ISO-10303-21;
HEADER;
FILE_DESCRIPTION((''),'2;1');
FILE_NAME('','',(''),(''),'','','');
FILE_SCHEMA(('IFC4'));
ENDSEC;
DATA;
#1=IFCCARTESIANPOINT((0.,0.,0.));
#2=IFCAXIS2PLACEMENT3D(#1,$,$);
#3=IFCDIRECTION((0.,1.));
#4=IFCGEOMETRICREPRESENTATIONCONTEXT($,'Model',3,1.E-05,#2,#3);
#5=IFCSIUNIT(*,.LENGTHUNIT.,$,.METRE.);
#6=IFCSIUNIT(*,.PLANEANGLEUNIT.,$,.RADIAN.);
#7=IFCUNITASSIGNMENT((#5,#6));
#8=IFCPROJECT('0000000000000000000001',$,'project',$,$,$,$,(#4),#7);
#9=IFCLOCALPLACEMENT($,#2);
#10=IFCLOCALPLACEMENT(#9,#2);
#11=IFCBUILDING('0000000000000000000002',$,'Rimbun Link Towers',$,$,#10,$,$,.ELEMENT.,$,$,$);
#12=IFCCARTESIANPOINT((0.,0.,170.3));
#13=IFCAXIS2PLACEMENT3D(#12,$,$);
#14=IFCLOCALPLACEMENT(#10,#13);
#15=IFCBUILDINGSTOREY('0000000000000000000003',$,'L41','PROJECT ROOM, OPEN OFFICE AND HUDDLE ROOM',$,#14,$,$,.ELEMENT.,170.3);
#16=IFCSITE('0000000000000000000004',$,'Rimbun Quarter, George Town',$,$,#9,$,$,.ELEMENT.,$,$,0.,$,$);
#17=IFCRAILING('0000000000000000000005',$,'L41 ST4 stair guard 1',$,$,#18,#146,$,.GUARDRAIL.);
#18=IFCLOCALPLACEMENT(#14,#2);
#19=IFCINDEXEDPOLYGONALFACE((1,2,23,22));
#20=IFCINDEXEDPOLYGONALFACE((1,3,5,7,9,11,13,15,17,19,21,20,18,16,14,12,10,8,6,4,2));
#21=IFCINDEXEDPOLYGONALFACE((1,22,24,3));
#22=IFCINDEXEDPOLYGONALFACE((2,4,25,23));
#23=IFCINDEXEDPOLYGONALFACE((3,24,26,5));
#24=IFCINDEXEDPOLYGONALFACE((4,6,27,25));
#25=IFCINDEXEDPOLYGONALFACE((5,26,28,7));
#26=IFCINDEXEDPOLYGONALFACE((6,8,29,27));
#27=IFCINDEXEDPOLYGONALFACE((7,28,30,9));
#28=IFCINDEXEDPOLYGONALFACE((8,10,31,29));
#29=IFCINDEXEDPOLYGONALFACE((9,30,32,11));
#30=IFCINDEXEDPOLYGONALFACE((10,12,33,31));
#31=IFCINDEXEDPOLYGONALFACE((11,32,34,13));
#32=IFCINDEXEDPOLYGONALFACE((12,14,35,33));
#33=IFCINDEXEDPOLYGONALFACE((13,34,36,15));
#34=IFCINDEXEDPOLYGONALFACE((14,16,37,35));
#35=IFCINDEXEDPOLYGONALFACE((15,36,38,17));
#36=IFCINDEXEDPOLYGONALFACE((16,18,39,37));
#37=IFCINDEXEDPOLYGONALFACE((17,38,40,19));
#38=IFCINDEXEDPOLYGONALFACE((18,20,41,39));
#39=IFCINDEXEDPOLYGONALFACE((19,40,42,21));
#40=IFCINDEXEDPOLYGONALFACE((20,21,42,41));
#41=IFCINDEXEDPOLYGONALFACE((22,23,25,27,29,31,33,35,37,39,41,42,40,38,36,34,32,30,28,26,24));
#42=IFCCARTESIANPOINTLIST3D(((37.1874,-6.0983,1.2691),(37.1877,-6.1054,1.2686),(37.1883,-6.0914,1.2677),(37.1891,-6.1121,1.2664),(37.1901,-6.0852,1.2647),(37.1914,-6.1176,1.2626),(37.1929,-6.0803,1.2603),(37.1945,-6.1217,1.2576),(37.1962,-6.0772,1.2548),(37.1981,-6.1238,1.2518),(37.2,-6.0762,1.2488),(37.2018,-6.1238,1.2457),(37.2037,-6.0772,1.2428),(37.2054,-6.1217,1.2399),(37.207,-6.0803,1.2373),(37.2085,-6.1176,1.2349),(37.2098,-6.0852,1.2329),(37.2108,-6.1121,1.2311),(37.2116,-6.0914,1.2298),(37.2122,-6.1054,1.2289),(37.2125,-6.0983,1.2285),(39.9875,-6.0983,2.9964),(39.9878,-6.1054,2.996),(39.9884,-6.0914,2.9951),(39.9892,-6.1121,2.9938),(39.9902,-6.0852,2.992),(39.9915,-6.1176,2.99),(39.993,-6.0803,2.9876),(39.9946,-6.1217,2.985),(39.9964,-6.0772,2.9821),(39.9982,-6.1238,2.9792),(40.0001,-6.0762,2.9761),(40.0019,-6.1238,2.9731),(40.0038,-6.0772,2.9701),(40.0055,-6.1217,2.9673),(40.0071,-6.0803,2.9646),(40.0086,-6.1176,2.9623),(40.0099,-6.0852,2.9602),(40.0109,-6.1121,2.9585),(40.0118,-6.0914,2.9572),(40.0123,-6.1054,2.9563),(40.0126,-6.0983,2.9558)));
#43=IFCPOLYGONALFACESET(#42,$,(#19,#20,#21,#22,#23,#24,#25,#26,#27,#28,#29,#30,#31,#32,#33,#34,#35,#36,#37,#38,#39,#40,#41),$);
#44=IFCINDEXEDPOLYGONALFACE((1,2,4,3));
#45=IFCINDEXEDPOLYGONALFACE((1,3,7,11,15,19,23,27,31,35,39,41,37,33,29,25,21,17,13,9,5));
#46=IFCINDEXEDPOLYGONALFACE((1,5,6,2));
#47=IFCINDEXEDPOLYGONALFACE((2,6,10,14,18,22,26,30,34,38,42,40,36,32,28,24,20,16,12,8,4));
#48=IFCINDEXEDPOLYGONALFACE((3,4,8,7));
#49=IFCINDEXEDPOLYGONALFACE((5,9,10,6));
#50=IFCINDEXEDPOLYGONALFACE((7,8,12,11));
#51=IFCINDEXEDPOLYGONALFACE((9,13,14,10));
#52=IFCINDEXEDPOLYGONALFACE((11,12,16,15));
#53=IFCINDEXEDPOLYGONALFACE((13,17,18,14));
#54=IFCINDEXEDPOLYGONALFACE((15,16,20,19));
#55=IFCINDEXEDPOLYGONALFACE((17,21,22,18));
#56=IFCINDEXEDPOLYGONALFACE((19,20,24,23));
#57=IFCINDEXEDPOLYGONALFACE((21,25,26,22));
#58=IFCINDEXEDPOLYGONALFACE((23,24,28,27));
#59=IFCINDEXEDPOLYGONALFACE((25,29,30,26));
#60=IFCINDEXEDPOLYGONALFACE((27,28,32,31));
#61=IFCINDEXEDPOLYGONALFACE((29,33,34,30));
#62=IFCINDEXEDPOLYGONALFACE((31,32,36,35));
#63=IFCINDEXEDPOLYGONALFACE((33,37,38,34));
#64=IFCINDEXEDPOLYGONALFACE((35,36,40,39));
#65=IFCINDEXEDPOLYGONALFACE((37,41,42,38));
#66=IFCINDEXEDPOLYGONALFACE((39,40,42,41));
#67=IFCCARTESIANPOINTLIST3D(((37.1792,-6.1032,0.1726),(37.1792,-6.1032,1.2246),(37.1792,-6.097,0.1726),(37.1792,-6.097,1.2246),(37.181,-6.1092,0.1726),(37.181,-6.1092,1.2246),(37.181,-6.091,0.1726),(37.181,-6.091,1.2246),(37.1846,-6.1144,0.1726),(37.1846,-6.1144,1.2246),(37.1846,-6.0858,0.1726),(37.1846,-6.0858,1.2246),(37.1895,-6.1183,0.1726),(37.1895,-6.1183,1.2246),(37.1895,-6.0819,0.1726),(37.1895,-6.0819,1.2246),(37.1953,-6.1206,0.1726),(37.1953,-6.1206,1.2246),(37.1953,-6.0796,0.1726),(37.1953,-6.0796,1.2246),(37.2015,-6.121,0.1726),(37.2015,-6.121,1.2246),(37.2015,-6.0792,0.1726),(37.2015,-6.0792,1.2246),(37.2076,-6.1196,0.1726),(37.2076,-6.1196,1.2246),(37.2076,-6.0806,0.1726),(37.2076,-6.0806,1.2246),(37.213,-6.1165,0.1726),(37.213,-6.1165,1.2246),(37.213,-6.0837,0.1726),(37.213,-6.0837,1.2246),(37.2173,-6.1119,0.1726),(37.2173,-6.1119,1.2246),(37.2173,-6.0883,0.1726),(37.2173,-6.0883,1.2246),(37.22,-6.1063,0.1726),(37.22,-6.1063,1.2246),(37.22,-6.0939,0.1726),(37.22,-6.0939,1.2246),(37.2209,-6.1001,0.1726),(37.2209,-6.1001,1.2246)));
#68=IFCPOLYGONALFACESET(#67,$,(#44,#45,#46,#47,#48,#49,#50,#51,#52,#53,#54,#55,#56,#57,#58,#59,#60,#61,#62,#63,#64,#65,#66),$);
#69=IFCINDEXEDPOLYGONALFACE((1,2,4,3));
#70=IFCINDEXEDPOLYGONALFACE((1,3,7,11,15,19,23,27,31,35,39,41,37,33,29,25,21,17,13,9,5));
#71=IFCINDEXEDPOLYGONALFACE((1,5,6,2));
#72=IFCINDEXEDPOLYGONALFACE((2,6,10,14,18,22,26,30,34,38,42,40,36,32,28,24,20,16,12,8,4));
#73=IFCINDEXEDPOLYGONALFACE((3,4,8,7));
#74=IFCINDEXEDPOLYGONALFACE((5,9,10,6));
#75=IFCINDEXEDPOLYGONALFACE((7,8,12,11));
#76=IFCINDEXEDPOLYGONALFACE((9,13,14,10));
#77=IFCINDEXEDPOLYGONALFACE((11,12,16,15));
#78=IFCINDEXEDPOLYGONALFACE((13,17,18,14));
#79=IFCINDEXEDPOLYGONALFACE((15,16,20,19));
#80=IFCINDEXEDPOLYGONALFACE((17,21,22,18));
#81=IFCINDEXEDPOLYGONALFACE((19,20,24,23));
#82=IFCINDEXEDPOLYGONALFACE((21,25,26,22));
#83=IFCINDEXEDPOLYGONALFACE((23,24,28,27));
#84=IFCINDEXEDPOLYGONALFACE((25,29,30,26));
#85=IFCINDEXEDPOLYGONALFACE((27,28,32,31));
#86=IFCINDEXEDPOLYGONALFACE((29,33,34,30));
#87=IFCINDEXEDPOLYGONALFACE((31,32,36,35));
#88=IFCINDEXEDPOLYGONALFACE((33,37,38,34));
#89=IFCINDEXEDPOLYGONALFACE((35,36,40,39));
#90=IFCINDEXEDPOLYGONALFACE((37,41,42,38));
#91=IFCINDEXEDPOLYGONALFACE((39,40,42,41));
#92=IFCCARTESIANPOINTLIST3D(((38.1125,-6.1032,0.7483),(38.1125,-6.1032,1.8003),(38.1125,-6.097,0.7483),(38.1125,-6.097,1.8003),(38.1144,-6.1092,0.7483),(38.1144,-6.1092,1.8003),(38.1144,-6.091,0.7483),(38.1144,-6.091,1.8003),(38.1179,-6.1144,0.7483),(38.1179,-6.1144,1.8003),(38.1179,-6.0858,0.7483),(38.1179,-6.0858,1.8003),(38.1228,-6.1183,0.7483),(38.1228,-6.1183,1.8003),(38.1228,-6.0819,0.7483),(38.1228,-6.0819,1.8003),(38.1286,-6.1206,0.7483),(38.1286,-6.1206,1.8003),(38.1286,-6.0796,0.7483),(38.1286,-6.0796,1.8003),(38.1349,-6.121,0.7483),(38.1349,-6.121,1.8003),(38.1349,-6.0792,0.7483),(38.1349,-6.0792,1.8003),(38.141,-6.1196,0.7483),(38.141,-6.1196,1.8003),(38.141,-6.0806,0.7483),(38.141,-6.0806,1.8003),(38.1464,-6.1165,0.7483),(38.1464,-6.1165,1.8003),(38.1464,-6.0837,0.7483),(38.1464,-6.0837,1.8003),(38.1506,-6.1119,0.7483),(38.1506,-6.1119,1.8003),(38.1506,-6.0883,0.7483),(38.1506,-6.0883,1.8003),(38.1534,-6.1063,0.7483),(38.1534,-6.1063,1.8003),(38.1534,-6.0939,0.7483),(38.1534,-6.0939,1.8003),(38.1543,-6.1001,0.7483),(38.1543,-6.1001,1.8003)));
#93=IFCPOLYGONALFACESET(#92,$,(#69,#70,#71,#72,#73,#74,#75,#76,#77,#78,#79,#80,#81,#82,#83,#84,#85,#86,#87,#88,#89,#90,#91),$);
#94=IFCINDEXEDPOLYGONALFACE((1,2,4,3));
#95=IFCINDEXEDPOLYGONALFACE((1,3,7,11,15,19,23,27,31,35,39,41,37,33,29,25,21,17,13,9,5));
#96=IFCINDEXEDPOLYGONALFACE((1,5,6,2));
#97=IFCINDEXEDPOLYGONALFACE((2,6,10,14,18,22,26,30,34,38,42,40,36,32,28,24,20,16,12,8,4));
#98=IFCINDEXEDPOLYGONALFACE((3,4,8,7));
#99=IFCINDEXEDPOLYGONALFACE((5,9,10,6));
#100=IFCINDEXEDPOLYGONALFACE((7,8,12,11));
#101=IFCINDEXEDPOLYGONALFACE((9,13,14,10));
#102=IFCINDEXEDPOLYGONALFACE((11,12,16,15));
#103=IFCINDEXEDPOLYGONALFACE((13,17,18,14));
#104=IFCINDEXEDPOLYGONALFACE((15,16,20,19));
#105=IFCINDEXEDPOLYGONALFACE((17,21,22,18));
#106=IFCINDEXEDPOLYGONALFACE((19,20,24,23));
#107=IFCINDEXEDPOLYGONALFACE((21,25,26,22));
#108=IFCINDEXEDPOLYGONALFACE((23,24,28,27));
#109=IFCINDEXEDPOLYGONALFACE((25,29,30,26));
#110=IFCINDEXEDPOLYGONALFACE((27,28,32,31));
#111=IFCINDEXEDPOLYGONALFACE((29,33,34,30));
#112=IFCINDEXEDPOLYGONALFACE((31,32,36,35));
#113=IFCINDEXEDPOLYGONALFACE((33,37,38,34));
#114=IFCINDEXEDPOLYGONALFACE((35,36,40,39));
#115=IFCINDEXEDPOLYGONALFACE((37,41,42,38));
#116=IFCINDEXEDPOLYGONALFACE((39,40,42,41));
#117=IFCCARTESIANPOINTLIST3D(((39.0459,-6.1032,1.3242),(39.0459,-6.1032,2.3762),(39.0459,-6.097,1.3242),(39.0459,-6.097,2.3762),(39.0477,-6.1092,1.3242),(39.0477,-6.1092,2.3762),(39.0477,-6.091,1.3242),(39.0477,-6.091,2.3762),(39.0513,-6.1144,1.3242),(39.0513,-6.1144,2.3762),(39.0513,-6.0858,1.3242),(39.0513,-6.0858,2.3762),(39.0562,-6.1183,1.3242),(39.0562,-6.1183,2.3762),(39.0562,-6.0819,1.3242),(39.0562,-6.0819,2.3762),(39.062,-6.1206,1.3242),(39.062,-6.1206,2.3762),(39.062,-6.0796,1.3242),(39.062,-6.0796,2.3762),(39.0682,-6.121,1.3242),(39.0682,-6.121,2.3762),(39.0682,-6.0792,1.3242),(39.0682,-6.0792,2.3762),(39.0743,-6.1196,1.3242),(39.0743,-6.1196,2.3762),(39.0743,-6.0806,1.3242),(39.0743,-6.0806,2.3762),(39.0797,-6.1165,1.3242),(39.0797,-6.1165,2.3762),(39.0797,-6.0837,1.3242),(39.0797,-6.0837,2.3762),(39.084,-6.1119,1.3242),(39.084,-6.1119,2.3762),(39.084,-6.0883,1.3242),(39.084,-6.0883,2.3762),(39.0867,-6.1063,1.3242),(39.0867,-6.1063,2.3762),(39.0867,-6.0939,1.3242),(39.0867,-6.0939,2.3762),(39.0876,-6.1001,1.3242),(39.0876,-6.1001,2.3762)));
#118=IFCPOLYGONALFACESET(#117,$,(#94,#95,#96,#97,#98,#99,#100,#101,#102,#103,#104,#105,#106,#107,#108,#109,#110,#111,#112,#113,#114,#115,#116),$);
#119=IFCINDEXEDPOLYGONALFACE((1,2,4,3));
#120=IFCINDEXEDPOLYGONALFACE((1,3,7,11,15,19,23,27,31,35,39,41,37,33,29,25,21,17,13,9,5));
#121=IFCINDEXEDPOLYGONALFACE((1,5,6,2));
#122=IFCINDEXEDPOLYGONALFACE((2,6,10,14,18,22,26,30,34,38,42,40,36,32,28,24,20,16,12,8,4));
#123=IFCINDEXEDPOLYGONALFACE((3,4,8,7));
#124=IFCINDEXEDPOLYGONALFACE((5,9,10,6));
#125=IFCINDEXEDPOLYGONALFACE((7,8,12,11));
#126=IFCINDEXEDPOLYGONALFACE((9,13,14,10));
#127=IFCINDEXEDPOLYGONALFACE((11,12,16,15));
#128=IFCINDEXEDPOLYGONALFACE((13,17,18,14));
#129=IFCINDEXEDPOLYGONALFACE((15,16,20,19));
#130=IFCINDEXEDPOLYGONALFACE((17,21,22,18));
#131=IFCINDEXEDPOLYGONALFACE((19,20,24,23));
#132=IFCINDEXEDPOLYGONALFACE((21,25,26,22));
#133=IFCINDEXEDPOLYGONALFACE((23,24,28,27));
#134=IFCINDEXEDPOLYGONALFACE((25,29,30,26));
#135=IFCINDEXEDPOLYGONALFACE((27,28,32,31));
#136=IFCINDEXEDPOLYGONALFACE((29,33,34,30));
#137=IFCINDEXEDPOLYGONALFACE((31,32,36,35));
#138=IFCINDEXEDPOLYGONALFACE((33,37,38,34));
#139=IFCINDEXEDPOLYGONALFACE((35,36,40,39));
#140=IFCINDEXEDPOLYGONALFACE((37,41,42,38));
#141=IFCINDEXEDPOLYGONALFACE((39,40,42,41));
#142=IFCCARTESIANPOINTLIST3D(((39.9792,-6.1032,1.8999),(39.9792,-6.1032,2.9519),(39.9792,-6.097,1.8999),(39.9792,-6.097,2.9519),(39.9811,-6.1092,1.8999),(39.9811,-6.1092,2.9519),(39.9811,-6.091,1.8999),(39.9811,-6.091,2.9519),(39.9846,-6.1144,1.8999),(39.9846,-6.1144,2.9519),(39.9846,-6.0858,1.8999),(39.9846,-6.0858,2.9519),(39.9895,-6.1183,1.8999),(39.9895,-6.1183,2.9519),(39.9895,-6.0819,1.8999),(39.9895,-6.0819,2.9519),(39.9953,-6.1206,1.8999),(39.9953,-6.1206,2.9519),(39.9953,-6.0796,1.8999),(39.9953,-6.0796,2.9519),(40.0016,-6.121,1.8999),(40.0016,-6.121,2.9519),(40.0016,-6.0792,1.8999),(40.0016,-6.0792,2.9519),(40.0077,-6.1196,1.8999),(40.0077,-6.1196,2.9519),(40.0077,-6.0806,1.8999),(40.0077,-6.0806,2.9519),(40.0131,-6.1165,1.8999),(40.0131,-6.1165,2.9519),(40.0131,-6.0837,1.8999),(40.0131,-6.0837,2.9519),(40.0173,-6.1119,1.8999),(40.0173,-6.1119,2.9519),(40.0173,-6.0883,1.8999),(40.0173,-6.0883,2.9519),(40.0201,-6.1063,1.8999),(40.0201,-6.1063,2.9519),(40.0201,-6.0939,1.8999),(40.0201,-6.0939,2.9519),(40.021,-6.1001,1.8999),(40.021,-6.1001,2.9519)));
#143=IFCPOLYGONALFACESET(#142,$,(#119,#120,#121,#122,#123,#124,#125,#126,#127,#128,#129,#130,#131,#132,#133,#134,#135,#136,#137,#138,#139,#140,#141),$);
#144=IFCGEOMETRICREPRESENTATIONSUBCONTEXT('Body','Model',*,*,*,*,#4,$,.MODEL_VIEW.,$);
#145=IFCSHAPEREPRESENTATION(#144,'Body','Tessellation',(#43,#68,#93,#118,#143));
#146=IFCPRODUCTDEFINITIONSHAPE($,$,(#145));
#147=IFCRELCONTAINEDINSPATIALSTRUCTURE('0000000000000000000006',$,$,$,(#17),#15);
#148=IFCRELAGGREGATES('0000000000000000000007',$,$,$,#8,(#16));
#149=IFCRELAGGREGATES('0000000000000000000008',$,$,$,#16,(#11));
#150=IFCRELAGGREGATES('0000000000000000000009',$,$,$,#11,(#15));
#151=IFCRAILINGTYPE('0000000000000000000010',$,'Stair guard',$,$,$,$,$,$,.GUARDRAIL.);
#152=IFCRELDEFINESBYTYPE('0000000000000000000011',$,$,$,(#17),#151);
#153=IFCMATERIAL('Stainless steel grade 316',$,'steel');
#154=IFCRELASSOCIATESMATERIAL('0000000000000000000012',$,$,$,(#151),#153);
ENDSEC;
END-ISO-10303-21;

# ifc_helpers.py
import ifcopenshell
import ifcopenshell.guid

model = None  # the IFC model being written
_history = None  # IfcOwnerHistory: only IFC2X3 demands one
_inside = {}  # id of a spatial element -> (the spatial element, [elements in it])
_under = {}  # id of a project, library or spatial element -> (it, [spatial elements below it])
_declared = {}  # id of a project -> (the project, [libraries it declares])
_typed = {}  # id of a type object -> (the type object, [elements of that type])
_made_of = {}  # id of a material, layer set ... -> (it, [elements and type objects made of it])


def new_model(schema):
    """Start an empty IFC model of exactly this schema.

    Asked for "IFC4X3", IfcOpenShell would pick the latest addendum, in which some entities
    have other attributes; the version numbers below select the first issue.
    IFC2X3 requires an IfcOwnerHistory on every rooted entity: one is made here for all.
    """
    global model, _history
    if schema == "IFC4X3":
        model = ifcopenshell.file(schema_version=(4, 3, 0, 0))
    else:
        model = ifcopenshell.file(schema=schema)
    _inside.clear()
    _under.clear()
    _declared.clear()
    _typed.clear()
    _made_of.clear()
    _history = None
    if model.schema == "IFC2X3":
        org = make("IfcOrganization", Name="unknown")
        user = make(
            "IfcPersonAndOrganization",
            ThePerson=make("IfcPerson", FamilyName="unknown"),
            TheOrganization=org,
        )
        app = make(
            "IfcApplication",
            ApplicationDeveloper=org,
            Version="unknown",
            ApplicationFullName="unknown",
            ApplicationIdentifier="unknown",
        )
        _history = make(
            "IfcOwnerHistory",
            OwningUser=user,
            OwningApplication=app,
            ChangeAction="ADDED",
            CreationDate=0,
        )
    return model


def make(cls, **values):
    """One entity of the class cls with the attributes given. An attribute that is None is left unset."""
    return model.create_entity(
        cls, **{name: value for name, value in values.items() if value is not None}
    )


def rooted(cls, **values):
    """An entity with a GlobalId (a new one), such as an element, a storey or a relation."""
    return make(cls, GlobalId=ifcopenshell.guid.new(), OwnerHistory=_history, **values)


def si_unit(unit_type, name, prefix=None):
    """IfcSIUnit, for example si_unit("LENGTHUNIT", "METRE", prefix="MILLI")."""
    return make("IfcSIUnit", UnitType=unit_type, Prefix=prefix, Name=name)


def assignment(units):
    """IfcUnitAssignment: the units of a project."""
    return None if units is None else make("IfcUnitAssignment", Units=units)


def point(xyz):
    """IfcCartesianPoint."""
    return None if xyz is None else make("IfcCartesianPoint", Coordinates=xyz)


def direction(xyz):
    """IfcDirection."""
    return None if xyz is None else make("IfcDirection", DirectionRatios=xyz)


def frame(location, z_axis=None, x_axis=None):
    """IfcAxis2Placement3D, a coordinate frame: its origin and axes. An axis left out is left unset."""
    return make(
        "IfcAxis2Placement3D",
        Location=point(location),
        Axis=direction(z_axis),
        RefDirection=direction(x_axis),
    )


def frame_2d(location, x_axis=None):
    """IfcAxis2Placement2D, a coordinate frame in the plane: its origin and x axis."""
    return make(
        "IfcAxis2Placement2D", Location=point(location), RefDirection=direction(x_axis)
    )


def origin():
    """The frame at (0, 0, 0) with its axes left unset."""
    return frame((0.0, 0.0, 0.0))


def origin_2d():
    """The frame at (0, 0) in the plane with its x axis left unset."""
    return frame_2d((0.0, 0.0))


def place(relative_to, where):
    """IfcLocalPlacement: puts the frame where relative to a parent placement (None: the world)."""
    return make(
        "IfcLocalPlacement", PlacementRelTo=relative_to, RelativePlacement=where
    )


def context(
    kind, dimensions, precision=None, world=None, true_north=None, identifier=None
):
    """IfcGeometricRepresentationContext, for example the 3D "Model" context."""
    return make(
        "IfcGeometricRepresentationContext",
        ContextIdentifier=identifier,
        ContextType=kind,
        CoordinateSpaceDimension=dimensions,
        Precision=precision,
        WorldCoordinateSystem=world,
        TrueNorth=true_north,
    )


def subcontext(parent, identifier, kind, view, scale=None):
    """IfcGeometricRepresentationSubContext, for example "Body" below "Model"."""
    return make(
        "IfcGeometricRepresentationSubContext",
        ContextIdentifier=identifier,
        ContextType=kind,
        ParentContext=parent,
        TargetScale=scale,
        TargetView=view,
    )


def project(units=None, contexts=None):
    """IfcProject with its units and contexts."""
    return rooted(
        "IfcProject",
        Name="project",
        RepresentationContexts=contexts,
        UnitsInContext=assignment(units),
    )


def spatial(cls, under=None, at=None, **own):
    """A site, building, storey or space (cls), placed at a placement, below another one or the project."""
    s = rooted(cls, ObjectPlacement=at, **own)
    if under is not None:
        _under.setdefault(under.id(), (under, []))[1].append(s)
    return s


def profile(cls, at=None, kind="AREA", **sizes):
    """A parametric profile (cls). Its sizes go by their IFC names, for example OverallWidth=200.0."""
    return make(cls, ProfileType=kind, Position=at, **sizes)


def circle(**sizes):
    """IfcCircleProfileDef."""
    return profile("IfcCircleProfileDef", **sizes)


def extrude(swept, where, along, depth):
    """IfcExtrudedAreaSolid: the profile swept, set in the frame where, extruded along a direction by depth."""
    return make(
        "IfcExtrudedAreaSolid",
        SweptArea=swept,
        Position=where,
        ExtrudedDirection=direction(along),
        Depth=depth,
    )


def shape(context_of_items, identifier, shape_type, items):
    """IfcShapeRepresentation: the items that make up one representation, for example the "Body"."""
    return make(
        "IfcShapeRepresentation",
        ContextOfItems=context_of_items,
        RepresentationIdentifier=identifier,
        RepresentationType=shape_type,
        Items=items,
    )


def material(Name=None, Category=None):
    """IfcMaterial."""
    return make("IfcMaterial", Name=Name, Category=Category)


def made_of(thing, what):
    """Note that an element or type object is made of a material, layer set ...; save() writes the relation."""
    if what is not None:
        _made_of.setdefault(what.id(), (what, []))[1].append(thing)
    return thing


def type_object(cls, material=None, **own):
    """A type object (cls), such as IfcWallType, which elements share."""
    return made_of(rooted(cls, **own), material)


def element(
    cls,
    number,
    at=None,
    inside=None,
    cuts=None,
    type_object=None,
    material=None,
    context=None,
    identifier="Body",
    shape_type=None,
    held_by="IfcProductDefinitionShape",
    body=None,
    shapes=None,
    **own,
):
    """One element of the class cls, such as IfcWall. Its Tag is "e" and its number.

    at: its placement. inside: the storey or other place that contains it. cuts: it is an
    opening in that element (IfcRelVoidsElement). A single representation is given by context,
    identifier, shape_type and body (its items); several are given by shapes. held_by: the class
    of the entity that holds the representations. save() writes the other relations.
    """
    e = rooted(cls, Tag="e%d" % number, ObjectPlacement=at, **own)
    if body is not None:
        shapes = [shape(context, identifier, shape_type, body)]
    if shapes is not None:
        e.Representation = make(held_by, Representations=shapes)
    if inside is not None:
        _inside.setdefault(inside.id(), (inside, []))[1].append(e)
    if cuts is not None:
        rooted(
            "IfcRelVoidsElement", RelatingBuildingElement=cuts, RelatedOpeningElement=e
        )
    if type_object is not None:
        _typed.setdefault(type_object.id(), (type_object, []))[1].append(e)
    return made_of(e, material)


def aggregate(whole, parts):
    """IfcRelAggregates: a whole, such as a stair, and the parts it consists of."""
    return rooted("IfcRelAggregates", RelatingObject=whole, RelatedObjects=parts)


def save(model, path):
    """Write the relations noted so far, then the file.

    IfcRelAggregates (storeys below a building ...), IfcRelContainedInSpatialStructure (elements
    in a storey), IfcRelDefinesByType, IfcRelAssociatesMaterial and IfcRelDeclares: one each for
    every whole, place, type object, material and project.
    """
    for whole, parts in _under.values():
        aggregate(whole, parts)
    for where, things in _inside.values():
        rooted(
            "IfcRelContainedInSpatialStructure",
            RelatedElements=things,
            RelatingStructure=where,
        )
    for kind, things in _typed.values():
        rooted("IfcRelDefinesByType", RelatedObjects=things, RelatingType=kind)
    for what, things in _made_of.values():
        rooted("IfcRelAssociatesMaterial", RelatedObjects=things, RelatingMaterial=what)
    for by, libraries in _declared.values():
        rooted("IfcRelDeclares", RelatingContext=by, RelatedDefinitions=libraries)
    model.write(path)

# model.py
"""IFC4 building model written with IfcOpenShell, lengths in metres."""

from ifc_helpers import new_model, si_unit, direction, frame, origin, origin_2d, place, context, subcontext, project, spatial, circle, extrude, material, type_object, element, save


model = new_model("IFC4")

# Units and contexts
model_context = context("Model", 3, precision=1e-05, world=origin(), true_north=direction((0.0, 1.0)))
body_context = subcontext(model_context, "Body", "Model", "MODEL_VIEW")
ifc_project = project(units=[si_unit("LENGTHUNIT", "METRE"), si_unit("PLANEANGLEUNIT", "RADIAN")], contexts=[model_context])

# Site, building, storey
site_placement = place(None, origin())
site = spatial("IfcSite", under=ifc_project, at=site_placement, Name="Rimbun Quarter, George Town", CompositionType="ELEMENT", RefElevation=0.0)
building_placement = place(site_placement, origin())
building = spatial("IfcBuilding", under=site, at=building_placement, Name="Rimbun Link Towers", CompositionType="ELEMENT")
storey_placement = place(building_placement, frame((0.0, 0.0, 170.3)))
storey = spatial("IfcBuildingStorey", under=building, at=storey_placement, Name="L41", Description="PROJECT ROOM, OPEN OFFICE AND HUDDLE ROOM", CompositionType="ELEMENT", Elevation=170.3)

# Railing
ifc_material_1 = material(Name="Stainless steel grade 316", Category="steel")
railing_type_1 = type_object("IfcRailingType", Name="Stair guard", PredefinedType="GUARDRAIL", material=ifc_material_1)
railing_1_placement = place(storey_placement, frame((37.2, -6.1001, 0.1726)))
element("IfcRailing", 1, at=railing_1_placement, inside=storey, type_object=railing_type_1, Name="L41 ST4 stair guard 1", PredefinedType="GUARDRAIL", context=body_context, shape_type="SweptSolid", body=[
    extrude(circle(Radius=0.0239, at=origin_2d()), frame((0.0, 0.0, 1.0762), z_axis=(0.85109, 0.0, 0.52502), x_axis=(0.0, 1.0, 0.0)), (0.0, 0.0, 1.0), 3.29),
    extrude(circle(Radius=0.021, at=origin_2d()), origin(), (0.0, 0.0, 1.0), 1.052),
    extrude(circle(Radius=0.021, at=origin_2d()), frame((0.9333, 0.0, 0.5757)), (0.0, 0.0, 1.0), 1.052),
    extrude(circle(Radius=0.021, at=origin_2d()), frame((1.8667, 0.0, 1.1516)), (0.0, 0.0, 1.0), 1.052),
    extrude(circle(Radius=0.021, at=origin_2d()), frame((2.8, 0.0, 1.7273)), (0.0, 0.0, 1.0), 1.052),
])

save(model, "model.ifc")
